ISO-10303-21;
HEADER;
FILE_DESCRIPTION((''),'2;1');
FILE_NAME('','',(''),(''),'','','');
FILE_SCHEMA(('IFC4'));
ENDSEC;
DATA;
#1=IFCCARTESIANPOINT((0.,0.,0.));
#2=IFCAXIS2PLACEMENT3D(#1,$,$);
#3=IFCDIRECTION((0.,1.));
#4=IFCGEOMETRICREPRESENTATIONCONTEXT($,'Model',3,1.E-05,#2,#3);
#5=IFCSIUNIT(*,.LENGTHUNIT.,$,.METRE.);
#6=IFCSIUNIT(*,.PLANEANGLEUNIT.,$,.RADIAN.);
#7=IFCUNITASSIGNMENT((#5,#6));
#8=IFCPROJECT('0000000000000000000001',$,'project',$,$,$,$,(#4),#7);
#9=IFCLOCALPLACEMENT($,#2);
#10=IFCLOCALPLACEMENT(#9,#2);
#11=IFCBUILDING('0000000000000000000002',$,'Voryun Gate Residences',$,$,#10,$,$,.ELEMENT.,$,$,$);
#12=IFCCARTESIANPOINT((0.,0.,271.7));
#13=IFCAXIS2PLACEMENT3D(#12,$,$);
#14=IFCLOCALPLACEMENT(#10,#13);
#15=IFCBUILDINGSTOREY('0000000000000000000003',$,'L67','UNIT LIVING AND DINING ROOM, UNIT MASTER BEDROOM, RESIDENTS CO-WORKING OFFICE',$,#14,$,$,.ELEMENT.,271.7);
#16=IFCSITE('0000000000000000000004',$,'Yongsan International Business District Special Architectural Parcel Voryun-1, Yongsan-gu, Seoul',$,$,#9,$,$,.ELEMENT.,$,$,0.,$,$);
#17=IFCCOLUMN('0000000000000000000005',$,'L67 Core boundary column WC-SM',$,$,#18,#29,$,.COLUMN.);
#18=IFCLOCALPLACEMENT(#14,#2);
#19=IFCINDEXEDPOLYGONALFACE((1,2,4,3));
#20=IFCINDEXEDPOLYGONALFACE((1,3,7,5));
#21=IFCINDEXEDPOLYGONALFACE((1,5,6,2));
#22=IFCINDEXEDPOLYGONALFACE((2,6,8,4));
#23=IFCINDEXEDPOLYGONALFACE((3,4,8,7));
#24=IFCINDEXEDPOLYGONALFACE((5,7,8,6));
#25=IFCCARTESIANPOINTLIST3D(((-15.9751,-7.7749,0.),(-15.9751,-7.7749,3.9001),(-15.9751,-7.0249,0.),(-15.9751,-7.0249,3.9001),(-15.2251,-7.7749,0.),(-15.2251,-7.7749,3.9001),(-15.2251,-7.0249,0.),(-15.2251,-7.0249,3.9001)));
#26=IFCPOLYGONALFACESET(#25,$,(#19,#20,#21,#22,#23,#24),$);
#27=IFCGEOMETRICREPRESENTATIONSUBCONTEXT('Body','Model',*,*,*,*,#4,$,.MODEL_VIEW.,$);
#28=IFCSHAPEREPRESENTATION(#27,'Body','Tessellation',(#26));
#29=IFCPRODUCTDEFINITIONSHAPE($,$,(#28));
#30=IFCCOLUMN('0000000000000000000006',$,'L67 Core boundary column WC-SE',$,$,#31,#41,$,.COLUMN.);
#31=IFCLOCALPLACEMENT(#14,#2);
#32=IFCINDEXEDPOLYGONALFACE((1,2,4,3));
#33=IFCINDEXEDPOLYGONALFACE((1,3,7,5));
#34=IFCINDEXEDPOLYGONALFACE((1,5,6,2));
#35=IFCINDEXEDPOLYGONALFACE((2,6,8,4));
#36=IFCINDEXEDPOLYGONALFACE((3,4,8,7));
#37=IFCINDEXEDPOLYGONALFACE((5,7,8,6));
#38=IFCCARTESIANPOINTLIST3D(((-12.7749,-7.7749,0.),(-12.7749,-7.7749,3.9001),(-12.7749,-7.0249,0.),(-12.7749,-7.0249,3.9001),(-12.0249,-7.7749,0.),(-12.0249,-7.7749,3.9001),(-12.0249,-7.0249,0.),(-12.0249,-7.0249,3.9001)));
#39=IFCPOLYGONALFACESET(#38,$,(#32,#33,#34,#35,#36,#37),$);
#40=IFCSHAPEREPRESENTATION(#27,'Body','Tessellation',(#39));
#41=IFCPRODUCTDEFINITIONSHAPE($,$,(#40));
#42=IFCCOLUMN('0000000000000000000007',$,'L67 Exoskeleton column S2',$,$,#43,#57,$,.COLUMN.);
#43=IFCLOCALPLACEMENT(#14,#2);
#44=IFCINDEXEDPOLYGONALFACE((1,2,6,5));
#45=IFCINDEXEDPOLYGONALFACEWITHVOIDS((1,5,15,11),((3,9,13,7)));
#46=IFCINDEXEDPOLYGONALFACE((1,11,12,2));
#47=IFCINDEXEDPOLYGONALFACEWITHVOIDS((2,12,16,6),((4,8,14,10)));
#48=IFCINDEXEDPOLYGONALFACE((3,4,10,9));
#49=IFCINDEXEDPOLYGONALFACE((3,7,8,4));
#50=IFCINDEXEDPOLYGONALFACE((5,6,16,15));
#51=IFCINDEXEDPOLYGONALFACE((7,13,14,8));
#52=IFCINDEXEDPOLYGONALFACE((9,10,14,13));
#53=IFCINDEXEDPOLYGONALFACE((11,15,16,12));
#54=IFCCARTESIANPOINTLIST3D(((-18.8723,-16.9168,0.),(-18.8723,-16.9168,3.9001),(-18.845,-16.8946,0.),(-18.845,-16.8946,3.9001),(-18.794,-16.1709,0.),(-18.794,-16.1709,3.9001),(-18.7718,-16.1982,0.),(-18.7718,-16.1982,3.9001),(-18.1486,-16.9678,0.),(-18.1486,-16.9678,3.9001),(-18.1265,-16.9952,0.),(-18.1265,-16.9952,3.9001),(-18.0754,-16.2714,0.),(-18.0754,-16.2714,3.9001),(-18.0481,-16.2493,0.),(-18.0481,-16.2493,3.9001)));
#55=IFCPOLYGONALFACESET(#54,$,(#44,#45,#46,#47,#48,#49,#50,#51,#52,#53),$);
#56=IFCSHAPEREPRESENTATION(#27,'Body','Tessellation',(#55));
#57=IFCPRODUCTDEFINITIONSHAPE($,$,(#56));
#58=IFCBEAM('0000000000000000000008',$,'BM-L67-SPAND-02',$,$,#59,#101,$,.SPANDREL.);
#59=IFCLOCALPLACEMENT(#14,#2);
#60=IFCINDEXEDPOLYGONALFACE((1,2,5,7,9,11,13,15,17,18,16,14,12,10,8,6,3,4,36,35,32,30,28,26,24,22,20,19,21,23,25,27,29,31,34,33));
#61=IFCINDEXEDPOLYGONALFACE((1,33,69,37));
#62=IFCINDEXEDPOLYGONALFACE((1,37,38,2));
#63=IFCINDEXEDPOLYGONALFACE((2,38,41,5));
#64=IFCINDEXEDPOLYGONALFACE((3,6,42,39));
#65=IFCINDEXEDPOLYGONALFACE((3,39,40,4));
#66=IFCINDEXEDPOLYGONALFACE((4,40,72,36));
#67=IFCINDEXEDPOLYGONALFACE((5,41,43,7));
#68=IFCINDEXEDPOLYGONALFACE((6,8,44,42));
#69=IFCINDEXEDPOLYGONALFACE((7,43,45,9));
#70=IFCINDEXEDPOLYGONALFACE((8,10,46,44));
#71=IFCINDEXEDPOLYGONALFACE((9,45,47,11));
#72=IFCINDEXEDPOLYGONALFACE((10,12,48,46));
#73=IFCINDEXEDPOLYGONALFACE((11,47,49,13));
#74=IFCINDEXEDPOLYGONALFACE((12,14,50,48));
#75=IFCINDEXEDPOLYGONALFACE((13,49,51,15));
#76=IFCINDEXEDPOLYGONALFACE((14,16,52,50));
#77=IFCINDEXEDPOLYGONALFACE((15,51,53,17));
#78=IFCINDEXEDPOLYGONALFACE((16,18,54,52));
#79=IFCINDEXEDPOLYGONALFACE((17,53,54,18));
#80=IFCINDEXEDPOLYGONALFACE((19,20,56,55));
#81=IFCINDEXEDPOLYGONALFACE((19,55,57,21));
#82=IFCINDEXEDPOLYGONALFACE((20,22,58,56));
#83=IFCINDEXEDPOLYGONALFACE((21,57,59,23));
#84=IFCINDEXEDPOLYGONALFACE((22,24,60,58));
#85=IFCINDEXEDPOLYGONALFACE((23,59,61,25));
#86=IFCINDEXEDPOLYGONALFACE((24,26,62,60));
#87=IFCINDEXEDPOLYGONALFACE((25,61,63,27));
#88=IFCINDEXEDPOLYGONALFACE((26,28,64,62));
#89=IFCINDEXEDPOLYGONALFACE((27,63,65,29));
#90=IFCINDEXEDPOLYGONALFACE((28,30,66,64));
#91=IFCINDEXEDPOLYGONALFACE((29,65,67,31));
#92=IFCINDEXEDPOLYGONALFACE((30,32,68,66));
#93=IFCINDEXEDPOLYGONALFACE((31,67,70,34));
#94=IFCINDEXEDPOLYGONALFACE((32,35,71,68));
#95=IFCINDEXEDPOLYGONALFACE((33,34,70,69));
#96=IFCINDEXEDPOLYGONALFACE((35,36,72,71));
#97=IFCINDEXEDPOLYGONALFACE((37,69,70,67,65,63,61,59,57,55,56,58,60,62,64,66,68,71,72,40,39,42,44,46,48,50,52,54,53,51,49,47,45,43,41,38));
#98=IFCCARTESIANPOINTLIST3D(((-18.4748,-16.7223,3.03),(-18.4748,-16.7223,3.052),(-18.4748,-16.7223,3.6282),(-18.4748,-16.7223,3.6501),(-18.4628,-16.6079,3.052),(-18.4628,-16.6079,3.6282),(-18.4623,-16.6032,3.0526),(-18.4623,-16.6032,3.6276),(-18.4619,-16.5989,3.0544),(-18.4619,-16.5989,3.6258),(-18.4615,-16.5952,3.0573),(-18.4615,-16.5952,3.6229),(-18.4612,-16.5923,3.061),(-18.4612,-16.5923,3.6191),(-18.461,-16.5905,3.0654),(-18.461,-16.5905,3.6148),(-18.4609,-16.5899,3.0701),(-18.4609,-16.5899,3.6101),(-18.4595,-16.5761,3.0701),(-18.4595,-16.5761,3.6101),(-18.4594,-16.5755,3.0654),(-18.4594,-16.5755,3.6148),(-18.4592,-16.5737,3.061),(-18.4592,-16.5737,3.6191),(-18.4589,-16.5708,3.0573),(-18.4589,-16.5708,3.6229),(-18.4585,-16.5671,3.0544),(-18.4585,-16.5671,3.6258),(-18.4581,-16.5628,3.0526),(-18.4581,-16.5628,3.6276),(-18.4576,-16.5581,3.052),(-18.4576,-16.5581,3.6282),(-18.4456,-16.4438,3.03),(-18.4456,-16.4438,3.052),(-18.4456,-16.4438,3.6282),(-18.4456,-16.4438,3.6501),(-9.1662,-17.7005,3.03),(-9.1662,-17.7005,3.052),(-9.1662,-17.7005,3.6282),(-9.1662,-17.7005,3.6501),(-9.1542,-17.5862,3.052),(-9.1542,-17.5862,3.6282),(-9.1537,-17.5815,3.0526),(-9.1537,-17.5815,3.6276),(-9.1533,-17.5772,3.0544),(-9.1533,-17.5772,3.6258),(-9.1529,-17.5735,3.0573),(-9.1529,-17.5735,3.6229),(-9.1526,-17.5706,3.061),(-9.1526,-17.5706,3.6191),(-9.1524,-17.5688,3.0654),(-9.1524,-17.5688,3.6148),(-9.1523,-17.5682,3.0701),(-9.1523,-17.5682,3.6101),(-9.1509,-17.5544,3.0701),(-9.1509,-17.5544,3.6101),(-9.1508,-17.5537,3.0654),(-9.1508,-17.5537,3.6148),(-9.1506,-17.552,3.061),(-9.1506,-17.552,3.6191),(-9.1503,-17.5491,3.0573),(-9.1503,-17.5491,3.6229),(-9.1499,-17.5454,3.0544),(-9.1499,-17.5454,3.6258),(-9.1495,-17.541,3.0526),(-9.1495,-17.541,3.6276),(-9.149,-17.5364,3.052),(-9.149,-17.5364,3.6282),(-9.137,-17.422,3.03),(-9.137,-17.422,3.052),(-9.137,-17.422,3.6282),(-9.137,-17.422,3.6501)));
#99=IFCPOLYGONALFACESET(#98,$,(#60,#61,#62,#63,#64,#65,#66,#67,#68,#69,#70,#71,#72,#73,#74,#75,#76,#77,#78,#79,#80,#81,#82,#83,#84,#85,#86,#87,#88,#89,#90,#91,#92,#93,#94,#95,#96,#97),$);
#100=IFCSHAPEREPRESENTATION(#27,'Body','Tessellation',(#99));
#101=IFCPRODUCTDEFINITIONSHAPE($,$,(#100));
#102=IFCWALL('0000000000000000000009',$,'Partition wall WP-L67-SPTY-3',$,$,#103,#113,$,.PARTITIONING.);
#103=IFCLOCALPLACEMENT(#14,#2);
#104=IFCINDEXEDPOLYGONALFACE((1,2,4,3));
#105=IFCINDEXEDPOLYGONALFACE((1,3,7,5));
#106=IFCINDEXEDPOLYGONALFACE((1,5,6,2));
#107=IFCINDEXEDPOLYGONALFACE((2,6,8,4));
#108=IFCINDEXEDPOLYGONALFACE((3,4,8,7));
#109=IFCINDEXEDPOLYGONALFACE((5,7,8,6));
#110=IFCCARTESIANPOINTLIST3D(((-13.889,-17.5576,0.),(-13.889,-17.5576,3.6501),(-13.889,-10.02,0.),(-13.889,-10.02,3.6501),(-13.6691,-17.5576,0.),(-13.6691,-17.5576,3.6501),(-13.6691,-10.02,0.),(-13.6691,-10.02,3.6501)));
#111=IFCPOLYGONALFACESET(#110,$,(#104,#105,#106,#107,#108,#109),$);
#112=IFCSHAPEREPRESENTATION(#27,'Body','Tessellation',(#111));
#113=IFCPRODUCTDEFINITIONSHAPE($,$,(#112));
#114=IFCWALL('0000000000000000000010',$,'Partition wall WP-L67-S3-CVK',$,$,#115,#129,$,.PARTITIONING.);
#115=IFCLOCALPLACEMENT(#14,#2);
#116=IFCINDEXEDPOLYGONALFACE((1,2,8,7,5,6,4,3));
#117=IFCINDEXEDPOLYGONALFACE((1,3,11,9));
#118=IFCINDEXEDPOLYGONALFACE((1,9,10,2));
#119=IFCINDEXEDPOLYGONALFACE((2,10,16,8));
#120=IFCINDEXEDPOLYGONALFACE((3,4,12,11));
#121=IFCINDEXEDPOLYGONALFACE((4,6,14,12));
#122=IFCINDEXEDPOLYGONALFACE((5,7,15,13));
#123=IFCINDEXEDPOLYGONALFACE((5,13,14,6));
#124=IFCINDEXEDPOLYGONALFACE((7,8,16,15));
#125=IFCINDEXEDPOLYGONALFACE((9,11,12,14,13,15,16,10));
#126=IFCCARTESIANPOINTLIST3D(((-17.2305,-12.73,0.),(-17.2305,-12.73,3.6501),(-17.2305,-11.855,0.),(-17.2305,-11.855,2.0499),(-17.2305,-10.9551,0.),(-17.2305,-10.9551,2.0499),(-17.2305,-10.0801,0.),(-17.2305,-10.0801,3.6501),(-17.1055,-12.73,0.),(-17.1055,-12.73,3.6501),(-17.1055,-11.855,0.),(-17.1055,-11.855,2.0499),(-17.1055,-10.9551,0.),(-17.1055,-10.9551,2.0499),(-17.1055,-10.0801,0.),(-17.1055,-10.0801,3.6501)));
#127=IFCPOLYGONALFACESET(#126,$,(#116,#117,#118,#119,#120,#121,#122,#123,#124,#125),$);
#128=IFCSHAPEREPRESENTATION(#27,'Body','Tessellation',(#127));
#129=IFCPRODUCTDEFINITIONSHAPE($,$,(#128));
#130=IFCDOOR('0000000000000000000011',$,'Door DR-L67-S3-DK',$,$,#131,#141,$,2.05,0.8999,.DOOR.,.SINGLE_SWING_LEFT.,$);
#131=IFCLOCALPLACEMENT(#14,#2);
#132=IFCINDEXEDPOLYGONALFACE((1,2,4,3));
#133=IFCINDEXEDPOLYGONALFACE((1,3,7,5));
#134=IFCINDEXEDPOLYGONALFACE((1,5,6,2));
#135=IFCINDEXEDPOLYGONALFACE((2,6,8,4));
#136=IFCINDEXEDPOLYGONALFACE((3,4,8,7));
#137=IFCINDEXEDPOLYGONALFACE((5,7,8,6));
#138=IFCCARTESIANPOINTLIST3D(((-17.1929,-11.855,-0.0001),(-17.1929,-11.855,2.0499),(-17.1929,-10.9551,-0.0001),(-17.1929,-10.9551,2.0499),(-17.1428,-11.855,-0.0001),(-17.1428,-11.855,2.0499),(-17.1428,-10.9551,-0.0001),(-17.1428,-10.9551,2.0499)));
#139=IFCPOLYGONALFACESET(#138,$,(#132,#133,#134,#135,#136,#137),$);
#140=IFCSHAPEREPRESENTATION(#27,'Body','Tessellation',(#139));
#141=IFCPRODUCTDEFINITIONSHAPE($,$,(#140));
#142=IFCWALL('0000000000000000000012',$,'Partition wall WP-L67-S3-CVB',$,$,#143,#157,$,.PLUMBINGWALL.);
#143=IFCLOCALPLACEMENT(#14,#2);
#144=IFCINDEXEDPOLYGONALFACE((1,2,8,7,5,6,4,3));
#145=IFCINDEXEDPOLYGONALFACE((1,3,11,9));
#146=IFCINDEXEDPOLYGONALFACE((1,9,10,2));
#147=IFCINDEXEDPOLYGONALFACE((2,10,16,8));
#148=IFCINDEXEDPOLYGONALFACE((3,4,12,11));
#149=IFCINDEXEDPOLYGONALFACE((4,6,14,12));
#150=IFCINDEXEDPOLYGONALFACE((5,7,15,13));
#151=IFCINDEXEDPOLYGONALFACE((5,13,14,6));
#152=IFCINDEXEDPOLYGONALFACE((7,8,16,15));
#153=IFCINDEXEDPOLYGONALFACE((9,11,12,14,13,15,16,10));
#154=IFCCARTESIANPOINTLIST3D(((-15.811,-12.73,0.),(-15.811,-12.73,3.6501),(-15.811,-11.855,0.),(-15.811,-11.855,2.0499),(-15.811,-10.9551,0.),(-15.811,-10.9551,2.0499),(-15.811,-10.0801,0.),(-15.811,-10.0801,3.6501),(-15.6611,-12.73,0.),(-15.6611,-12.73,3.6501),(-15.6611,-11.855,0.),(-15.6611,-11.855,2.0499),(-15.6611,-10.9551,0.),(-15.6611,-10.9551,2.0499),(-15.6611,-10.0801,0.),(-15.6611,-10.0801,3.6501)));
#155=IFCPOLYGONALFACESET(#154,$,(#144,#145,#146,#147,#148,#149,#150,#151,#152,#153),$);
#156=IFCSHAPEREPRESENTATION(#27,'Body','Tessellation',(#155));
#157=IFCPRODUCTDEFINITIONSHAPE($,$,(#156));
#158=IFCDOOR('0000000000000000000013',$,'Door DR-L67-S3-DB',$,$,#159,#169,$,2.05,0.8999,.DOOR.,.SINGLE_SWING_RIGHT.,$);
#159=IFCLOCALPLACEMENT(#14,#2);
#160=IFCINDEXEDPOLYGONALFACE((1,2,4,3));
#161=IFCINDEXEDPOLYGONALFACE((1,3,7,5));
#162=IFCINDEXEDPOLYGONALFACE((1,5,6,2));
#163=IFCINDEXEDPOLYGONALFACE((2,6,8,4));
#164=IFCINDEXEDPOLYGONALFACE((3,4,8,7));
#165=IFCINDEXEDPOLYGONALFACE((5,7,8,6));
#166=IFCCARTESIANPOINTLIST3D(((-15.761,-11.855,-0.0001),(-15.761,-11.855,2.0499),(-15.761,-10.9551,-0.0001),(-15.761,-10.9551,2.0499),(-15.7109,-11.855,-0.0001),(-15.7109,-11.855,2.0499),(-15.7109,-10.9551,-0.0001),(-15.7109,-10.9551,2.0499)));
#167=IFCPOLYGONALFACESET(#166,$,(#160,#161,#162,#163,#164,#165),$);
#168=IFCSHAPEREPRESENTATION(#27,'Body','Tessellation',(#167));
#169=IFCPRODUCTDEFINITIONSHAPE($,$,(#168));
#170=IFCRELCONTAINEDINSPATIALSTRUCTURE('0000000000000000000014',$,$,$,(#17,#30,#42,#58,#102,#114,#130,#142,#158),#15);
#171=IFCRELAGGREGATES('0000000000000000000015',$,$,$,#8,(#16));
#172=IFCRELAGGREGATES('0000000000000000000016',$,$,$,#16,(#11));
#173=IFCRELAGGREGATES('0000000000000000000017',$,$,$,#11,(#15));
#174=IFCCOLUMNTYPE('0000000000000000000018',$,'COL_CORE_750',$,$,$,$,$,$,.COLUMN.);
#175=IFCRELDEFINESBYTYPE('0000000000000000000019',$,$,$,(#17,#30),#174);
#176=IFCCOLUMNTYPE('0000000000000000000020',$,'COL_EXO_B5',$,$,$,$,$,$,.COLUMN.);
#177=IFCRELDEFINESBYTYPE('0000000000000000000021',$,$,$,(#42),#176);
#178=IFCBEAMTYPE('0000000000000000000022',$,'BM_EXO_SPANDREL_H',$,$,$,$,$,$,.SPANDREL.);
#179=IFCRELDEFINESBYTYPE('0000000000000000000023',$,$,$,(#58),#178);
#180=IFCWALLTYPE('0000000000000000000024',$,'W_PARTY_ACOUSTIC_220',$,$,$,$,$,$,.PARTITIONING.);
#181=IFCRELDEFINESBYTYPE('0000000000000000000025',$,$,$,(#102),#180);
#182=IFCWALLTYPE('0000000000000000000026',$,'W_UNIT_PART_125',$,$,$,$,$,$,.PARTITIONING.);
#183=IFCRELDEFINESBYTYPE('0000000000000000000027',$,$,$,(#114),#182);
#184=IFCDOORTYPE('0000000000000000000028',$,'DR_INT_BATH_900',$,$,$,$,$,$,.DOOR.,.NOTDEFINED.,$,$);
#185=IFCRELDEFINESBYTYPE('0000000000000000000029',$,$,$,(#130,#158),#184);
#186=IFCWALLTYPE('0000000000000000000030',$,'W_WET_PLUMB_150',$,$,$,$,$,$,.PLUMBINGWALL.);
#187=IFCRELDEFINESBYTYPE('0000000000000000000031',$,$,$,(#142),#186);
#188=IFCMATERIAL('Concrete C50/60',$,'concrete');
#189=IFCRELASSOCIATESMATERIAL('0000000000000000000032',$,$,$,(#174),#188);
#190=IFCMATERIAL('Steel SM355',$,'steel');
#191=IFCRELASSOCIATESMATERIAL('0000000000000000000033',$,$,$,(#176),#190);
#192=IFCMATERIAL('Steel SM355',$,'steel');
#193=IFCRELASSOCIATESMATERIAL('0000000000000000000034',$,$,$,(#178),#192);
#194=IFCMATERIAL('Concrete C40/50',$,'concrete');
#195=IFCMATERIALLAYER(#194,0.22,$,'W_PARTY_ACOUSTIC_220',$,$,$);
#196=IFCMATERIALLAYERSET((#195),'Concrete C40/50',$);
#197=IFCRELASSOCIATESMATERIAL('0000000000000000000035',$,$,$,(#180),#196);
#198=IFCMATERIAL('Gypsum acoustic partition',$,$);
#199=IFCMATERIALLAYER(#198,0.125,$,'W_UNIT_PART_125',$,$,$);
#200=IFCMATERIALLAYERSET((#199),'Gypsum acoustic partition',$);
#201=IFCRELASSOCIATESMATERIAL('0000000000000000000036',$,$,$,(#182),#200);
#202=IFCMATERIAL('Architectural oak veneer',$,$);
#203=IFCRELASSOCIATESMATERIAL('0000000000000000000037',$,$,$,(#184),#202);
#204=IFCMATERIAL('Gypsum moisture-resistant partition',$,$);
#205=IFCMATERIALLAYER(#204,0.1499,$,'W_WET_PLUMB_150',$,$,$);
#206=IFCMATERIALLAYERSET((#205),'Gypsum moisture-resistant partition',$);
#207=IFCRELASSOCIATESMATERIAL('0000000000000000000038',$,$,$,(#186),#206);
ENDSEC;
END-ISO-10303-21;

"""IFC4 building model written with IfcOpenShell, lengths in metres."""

from ifc_helpers import new_model, si_unit, direction, frame, frame_2d, origin, origin_2d, place, context, subcontext, project, spatial, rectangle, hollow_rectangle, i_section, extrude, material, layer, layer_set, material_profile, profile_set, type_object, element, fill, save


model = new_model("IFC4")

# Units and contexts
model_context = context("Model", 3, precision=1e-05, world=origin(), true_north=direction((0.0, 1.0)))
body_context = subcontext(model_context, "Body", "Model", "MODEL_VIEW")
ifc_project = project(units=[si_unit("LENGTHUNIT", "METRE"), si_unit("PLANEANGLEUNIT", "RADIAN")], contexts=[model_context])

# Site, building, storey
site_placement = place(None, origin())
site = spatial("IfcSite", under=ifc_project, at=site_placement, Name="Yongsan International Business District Special Architectural Parcel Voryun-1, Yongsan-gu, Seoul", CompositionType="ELEMENT", RefElevation=0.0)
building_placement = place(site_placement, origin())
building = spatial("IfcBuilding", under=site, at=building_placement, Name="Voryun Gate Residences", CompositionType="ELEMENT")
storey_placement = place(building_placement, frame((0.0, 0.0, 271.7)))
storey = spatial("IfcBuildingStorey", under=building, at=storey_placement, Name="L67", Description="UNIT LIVING AND DINING ROOM, UNIT MASTER BEDROOM, RESIDENTS CO-WORKING OFFICE", CompositionType="ELEMENT", Elevation=271.7)

# Columns
ifc_material_1 = material(Name="Concrete C50/60", Category="concrete")
ifc_material_profile_1 = material_profile(ifc_material_1, rectangle(XDim=0.75, YDim=0.75, at=origin_2d()), Name="RC-750x750")
ifc_profile_set_1 = profile_set([ifc_material_profile_1], Name="Concrete C50/60")
column_type_1 = type_object("IfcColumnType", Name="COL_CORE_750", PredefinedType="COLUMN", material=ifc_profile_set_1)
for number, where, z_axis, x_axis, name in (
    (1, (-15.6001, -7.3999, 0.0), (0.0, 0.0, 1.0), (1.0, 0.0, 0.0), "L67 Core boundary column WC-SM"),
    (2, (-12.3999, -7.3999, 0.0), (0.0, 0.0, 1.0), (1.0, 0.0, 0.0), "L67 Core boundary column WC-SE"),
):
    element("IfcColumn", number, at=place(storey_placement, frame(where, z_axis=z_axis, x_axis=x_axis)), inside=storey, type_object=column_type_1, Name=name, PredefinedType="COLUMN", context=body_context, shape_type="SweptSolid", body=[
        extrude(rectangle(XDim=0.75, YDim=0.75, at=origin_2d()), origin(), (0.0, 0.0, 1.0), 3.9001),
    ])
ifc_material_2 = material(Name="Steel SM355", Category="steel")
ifc_material_profile_2 = material_profile(ifc_material_2, hollow_rectangle(XDim=0.75, YDim=0.75, WallThickness=0.0249, at=origin_2d()), Name="BOX-750x750x25")
ifc_profile_set_2 = profile_set([ifc_material_profile_2], Name="Steel SM355")
column_type_2 = type_object("IfcColumnType", Name="COL_EXO_B5", PredefinedType="COLUMN", material=ifc_profile_set_2)
column_placement = place(storey_placement, frame((-18.4602, -16.583, 0.0), z_axis=(0.0, 0.0, 1.0), x_axis=(0.994522, -0.104528, 0.0)))
element("IfcColumn", 3, at=column_placement, inside=storey, type_object=column_type_2, Name="L67 Exoskeleton column S2", PredefinedType="COLUMN", context=body_context, shape_type="SweptSolid", body=[
    extrude(hollow_rectangle(XDim=0.75, YDim=0.75, WallThickness=0.0249, at=origin_2d()), origin(), (0.0, 0.0, 1.0), 3.9001),
])

# Beam
ifc_material_3 = material(Name="Steel SM355", Category="steel")
ifc_material_profile_3 = material_profile(ifc_material_3, i_section(OverallWidth=0.28, OverallDepth=0.6201, WebThickness=0.0139, FlangeThickness=0.022, FilletRadius=0.0181, at=origin_2d()), Name="H-620x280x14x22")
ifc_profile_set_3 = profile_set([ifc_material_profile_3], Name="Steel SM355")
beam_type = type_object("IfcBeamType", Name="BM_EXO_SPANDREL_H", PredefinedType="SPANDREL", material=ifc_profile_set_3)
beam_placement = place(storey_placement, frame((-18.4602, -16.583, 3.3401), z_axis=(0.994523, -0.104518, 0.0), x_axis=(0.104518, 0.994523, 0.0)))
element("IfcBeam", 4, at=beam_placement, inside=storey, type_object=beam_type, Name="BM-L67-SPAND-02", PredefinedType="SPANDREL", context=body_context, shape_type="SweptSolid", body=[
    extrude(i_section(OverallWidth=0.28, OverallDepth=0.6201, WebThickness=0.0139, FlangeThickness=0.022, FilletRadius=0.0181, at=origin_2d()), origin(), (0.0, 0.0, 1.0), 9.3599),
])

# Wall
ifc_material_4 = material(Name="Concrete C40/50", Category="concrete")
ifc_layer_1 = layer(ifc_material_4, 0.22, Name="W_PARTY_ACOUSTIC_220")
ifc_layer_set_1 = layer_set([ifc_layer_1], Name="Concrete C40/50")
wall_type_1 = type_object("IfcWallType", Name="W_PARTY_ACOUSTIC_220", PredefinedType="PARTITIONING", material=ifc_layer_set_1)
wall_1_placement = place(storey_placement, frame((-13.7791, -17.5576, 0.0), z_axis=(0.0, 0.0, 1.0), x_axis=(0.0, 1.0, 0.0)))
element("IfcWall", 5, at=wall_1_placement, inside=storey, type_object=wall_type_1, Name="Partition wall WP-L67-SPTY-3", PredefinedType="PARTITIONING", context=body_context, shape_type="SweptSolid", body=[
    extrude(rectangle(XDim=7.5376, YDim=0.22, at=frame_2d((3.7688, 0.0))), origin(), (0.0, 0.0, 1.0), 3.6501),
])

# Walls, openings, doors
ifc_material_5 = material(Name="Gypsum acoustic partition")
ifc_layer_2 = layer(ifc_material_5, 0.125, Name="W_UNIT_PART_125")
ifc_layer_set_2 = layer_set([ifc_layer_2], Name="Gypsum acoustic partition")
wall_type_2 = type_object("IfcWallType", Name="W_UNIT_PART_125", PredefinedType="PARTITIONING", material=ifc_layer_set_2)
wall_2_placement = place(storey_placement, frame((-17.168, -12.73, 0.0), z_axis=(0.0, 0.0, 1.0), x_axis=(0.0, 1.0, 0.0)))
wall_2 = element("IfcWall", 6, at=wall_2_placement, inside=storey, type_object=wall_type_2, Name="Partition wall WP-L67-S3-CVK", PredefinedType="PARTITIONING", context=body_context, shape_type="SweptSolid", body=[
    extrude(rectangle(XDim=2.6499, YDim=0.125, at=frame_2d((1.325, 0.0))), origin(), (0.0, 0.0, 1.0), 3.6501),
])
opening_1_placement = place(wall_2_placement, frame((0.875, 0.0, 0.0)))
opening_1 = element("IfcOpeningElement", 7, at=opening_1_placement, cuts=wall_2, PredefinedType="OPENING", context=body_context, shape_type="SweptSolid", body=[
    extrude(rectangle(XDim=0.8999, YDim=2.05, at=frame_2d((0.45, 1.0249))), frame((0.0, 0.0725, 0.0), z_axis=(0.0, -1.0, 0.0), x_axis=(1.0, 0.0, 0.0)), (0.0, 0.0, 1.0), 0.145),
])
ifc_material_6 = material(Name="Architectural oak veneer")
door_type = type_object("IfcDoorType", Name="DR_INT_BATH_900", OperationType="NOTDEFINED", PredefinedType="DOOR", material=ifc_material_6)
door_1_placement = place(opening_1_placement, origin())
door_1 = element("IfcDoor", 8, at=door_1_placement, inside=storey, type_object=door_type, Name="Door DR-L67-S3-DK", OperationType="SINGLE_SWING_LEFT", OverallHeight=2.05, OverallWidth=0.8999, PredefinedType="DOOR", context=body_context, shape_type="SweptSolid", body=[
    extrude(rectangle(XDim=0.8999, YDim=2.05, at=frame_2d((0.45, 1.0249))), frame((0.0, 0.0249, 0.0), z_axis=(0.0, -1.0, 0.0), x_axis=(1.0, 0.0, 0.0)), (0.0, 0.0, 1.0), 0.05),
])
fill(opening_1, door_1)
ifc_material_7 = material(Name="Gypsum moisture-resistant partition")
ifc_layer_3 = layer(ifc_material_7, 0.1499, Name="W_WET_PLUMB_150")
ifc_layer_set_3 = layer_set([ifc_layer_3], Name="Gypsum moisture-resistant partition")
wall_type_3 = type_object("IfcWallType", Name="W_WET_PLUMB_150", PredefinedType="PLUMBINGWALL", material=ifc_layer_set_3)
wall_3_placement = place(storey_placement, frame((-15.7361, -12.73, 0.0), z_axis=(0.0, 0.0, 1.0), x_axis=(0.0, 1.0, 0.0)))
wall_3 = element("IfcWall", 9, at=wall_3_placement, inside=storey, type_object=wall_type_3, Name="Partition wall WP-L67-S3-CVB", PredefinedType="PLUMBINGWALL", context=body_context, shape_type="SweptSolid", body=[
    extrude(rectangle(XDim=2.6499, YDim=0.1499, at=frame_2d((1.325, 0.0))), origin(), (0.0, 0.0, 1.0), 3.6501),
])
opening_2_placement = place(wall_3_placement, frame((0.875, 0.0, 0.0)))
opening_2 = element("IfcOpeningElement", 10, at=opening_2_placement, cuts=wall_3, PredefinedType="OPENING", context=body_context, shape_type="SweptSolid", body=[
    extrude(rectangle(XDim=0.8999, YDim=2.05, at=frame_2d((0.45, 1.0249))), frame((0.0, 0.085, 0.0), z_axis=(0.0, -1.0, 0.0), x_axis=(1.0, 0.0, 0.0)), (0.0, 0.0, 1.0), 0.1699),
])
door_2_placement = place(opening_2_placement, origin())
door_2 = element("IfcDoor", 11, at=door_2_placement, inside=storey, type_object=door_type, Name="Door DR-L67-S3-DB", OperationType="SINGLE_SWING_RIGHT", OverallHeight=2.05, OverallWidth=0.8999, PredefinedType="DOOR", context=body_context, shape_type="SweptSolid", body=[
    extrude(rectangle(XDim=0.8999, YDim=2.05, at=frame_2d((0.45, 1.0249))), frame((0.0, 0.0249, 0.0), z_axis=(0.0, -1.0, 0.0), x_axis=(1.0, 0.0, 0.0)), (0.0, 0.0, 1.0), 0.05),
])
fill(opening_2, door_2)

save(model, "model.ifc")
